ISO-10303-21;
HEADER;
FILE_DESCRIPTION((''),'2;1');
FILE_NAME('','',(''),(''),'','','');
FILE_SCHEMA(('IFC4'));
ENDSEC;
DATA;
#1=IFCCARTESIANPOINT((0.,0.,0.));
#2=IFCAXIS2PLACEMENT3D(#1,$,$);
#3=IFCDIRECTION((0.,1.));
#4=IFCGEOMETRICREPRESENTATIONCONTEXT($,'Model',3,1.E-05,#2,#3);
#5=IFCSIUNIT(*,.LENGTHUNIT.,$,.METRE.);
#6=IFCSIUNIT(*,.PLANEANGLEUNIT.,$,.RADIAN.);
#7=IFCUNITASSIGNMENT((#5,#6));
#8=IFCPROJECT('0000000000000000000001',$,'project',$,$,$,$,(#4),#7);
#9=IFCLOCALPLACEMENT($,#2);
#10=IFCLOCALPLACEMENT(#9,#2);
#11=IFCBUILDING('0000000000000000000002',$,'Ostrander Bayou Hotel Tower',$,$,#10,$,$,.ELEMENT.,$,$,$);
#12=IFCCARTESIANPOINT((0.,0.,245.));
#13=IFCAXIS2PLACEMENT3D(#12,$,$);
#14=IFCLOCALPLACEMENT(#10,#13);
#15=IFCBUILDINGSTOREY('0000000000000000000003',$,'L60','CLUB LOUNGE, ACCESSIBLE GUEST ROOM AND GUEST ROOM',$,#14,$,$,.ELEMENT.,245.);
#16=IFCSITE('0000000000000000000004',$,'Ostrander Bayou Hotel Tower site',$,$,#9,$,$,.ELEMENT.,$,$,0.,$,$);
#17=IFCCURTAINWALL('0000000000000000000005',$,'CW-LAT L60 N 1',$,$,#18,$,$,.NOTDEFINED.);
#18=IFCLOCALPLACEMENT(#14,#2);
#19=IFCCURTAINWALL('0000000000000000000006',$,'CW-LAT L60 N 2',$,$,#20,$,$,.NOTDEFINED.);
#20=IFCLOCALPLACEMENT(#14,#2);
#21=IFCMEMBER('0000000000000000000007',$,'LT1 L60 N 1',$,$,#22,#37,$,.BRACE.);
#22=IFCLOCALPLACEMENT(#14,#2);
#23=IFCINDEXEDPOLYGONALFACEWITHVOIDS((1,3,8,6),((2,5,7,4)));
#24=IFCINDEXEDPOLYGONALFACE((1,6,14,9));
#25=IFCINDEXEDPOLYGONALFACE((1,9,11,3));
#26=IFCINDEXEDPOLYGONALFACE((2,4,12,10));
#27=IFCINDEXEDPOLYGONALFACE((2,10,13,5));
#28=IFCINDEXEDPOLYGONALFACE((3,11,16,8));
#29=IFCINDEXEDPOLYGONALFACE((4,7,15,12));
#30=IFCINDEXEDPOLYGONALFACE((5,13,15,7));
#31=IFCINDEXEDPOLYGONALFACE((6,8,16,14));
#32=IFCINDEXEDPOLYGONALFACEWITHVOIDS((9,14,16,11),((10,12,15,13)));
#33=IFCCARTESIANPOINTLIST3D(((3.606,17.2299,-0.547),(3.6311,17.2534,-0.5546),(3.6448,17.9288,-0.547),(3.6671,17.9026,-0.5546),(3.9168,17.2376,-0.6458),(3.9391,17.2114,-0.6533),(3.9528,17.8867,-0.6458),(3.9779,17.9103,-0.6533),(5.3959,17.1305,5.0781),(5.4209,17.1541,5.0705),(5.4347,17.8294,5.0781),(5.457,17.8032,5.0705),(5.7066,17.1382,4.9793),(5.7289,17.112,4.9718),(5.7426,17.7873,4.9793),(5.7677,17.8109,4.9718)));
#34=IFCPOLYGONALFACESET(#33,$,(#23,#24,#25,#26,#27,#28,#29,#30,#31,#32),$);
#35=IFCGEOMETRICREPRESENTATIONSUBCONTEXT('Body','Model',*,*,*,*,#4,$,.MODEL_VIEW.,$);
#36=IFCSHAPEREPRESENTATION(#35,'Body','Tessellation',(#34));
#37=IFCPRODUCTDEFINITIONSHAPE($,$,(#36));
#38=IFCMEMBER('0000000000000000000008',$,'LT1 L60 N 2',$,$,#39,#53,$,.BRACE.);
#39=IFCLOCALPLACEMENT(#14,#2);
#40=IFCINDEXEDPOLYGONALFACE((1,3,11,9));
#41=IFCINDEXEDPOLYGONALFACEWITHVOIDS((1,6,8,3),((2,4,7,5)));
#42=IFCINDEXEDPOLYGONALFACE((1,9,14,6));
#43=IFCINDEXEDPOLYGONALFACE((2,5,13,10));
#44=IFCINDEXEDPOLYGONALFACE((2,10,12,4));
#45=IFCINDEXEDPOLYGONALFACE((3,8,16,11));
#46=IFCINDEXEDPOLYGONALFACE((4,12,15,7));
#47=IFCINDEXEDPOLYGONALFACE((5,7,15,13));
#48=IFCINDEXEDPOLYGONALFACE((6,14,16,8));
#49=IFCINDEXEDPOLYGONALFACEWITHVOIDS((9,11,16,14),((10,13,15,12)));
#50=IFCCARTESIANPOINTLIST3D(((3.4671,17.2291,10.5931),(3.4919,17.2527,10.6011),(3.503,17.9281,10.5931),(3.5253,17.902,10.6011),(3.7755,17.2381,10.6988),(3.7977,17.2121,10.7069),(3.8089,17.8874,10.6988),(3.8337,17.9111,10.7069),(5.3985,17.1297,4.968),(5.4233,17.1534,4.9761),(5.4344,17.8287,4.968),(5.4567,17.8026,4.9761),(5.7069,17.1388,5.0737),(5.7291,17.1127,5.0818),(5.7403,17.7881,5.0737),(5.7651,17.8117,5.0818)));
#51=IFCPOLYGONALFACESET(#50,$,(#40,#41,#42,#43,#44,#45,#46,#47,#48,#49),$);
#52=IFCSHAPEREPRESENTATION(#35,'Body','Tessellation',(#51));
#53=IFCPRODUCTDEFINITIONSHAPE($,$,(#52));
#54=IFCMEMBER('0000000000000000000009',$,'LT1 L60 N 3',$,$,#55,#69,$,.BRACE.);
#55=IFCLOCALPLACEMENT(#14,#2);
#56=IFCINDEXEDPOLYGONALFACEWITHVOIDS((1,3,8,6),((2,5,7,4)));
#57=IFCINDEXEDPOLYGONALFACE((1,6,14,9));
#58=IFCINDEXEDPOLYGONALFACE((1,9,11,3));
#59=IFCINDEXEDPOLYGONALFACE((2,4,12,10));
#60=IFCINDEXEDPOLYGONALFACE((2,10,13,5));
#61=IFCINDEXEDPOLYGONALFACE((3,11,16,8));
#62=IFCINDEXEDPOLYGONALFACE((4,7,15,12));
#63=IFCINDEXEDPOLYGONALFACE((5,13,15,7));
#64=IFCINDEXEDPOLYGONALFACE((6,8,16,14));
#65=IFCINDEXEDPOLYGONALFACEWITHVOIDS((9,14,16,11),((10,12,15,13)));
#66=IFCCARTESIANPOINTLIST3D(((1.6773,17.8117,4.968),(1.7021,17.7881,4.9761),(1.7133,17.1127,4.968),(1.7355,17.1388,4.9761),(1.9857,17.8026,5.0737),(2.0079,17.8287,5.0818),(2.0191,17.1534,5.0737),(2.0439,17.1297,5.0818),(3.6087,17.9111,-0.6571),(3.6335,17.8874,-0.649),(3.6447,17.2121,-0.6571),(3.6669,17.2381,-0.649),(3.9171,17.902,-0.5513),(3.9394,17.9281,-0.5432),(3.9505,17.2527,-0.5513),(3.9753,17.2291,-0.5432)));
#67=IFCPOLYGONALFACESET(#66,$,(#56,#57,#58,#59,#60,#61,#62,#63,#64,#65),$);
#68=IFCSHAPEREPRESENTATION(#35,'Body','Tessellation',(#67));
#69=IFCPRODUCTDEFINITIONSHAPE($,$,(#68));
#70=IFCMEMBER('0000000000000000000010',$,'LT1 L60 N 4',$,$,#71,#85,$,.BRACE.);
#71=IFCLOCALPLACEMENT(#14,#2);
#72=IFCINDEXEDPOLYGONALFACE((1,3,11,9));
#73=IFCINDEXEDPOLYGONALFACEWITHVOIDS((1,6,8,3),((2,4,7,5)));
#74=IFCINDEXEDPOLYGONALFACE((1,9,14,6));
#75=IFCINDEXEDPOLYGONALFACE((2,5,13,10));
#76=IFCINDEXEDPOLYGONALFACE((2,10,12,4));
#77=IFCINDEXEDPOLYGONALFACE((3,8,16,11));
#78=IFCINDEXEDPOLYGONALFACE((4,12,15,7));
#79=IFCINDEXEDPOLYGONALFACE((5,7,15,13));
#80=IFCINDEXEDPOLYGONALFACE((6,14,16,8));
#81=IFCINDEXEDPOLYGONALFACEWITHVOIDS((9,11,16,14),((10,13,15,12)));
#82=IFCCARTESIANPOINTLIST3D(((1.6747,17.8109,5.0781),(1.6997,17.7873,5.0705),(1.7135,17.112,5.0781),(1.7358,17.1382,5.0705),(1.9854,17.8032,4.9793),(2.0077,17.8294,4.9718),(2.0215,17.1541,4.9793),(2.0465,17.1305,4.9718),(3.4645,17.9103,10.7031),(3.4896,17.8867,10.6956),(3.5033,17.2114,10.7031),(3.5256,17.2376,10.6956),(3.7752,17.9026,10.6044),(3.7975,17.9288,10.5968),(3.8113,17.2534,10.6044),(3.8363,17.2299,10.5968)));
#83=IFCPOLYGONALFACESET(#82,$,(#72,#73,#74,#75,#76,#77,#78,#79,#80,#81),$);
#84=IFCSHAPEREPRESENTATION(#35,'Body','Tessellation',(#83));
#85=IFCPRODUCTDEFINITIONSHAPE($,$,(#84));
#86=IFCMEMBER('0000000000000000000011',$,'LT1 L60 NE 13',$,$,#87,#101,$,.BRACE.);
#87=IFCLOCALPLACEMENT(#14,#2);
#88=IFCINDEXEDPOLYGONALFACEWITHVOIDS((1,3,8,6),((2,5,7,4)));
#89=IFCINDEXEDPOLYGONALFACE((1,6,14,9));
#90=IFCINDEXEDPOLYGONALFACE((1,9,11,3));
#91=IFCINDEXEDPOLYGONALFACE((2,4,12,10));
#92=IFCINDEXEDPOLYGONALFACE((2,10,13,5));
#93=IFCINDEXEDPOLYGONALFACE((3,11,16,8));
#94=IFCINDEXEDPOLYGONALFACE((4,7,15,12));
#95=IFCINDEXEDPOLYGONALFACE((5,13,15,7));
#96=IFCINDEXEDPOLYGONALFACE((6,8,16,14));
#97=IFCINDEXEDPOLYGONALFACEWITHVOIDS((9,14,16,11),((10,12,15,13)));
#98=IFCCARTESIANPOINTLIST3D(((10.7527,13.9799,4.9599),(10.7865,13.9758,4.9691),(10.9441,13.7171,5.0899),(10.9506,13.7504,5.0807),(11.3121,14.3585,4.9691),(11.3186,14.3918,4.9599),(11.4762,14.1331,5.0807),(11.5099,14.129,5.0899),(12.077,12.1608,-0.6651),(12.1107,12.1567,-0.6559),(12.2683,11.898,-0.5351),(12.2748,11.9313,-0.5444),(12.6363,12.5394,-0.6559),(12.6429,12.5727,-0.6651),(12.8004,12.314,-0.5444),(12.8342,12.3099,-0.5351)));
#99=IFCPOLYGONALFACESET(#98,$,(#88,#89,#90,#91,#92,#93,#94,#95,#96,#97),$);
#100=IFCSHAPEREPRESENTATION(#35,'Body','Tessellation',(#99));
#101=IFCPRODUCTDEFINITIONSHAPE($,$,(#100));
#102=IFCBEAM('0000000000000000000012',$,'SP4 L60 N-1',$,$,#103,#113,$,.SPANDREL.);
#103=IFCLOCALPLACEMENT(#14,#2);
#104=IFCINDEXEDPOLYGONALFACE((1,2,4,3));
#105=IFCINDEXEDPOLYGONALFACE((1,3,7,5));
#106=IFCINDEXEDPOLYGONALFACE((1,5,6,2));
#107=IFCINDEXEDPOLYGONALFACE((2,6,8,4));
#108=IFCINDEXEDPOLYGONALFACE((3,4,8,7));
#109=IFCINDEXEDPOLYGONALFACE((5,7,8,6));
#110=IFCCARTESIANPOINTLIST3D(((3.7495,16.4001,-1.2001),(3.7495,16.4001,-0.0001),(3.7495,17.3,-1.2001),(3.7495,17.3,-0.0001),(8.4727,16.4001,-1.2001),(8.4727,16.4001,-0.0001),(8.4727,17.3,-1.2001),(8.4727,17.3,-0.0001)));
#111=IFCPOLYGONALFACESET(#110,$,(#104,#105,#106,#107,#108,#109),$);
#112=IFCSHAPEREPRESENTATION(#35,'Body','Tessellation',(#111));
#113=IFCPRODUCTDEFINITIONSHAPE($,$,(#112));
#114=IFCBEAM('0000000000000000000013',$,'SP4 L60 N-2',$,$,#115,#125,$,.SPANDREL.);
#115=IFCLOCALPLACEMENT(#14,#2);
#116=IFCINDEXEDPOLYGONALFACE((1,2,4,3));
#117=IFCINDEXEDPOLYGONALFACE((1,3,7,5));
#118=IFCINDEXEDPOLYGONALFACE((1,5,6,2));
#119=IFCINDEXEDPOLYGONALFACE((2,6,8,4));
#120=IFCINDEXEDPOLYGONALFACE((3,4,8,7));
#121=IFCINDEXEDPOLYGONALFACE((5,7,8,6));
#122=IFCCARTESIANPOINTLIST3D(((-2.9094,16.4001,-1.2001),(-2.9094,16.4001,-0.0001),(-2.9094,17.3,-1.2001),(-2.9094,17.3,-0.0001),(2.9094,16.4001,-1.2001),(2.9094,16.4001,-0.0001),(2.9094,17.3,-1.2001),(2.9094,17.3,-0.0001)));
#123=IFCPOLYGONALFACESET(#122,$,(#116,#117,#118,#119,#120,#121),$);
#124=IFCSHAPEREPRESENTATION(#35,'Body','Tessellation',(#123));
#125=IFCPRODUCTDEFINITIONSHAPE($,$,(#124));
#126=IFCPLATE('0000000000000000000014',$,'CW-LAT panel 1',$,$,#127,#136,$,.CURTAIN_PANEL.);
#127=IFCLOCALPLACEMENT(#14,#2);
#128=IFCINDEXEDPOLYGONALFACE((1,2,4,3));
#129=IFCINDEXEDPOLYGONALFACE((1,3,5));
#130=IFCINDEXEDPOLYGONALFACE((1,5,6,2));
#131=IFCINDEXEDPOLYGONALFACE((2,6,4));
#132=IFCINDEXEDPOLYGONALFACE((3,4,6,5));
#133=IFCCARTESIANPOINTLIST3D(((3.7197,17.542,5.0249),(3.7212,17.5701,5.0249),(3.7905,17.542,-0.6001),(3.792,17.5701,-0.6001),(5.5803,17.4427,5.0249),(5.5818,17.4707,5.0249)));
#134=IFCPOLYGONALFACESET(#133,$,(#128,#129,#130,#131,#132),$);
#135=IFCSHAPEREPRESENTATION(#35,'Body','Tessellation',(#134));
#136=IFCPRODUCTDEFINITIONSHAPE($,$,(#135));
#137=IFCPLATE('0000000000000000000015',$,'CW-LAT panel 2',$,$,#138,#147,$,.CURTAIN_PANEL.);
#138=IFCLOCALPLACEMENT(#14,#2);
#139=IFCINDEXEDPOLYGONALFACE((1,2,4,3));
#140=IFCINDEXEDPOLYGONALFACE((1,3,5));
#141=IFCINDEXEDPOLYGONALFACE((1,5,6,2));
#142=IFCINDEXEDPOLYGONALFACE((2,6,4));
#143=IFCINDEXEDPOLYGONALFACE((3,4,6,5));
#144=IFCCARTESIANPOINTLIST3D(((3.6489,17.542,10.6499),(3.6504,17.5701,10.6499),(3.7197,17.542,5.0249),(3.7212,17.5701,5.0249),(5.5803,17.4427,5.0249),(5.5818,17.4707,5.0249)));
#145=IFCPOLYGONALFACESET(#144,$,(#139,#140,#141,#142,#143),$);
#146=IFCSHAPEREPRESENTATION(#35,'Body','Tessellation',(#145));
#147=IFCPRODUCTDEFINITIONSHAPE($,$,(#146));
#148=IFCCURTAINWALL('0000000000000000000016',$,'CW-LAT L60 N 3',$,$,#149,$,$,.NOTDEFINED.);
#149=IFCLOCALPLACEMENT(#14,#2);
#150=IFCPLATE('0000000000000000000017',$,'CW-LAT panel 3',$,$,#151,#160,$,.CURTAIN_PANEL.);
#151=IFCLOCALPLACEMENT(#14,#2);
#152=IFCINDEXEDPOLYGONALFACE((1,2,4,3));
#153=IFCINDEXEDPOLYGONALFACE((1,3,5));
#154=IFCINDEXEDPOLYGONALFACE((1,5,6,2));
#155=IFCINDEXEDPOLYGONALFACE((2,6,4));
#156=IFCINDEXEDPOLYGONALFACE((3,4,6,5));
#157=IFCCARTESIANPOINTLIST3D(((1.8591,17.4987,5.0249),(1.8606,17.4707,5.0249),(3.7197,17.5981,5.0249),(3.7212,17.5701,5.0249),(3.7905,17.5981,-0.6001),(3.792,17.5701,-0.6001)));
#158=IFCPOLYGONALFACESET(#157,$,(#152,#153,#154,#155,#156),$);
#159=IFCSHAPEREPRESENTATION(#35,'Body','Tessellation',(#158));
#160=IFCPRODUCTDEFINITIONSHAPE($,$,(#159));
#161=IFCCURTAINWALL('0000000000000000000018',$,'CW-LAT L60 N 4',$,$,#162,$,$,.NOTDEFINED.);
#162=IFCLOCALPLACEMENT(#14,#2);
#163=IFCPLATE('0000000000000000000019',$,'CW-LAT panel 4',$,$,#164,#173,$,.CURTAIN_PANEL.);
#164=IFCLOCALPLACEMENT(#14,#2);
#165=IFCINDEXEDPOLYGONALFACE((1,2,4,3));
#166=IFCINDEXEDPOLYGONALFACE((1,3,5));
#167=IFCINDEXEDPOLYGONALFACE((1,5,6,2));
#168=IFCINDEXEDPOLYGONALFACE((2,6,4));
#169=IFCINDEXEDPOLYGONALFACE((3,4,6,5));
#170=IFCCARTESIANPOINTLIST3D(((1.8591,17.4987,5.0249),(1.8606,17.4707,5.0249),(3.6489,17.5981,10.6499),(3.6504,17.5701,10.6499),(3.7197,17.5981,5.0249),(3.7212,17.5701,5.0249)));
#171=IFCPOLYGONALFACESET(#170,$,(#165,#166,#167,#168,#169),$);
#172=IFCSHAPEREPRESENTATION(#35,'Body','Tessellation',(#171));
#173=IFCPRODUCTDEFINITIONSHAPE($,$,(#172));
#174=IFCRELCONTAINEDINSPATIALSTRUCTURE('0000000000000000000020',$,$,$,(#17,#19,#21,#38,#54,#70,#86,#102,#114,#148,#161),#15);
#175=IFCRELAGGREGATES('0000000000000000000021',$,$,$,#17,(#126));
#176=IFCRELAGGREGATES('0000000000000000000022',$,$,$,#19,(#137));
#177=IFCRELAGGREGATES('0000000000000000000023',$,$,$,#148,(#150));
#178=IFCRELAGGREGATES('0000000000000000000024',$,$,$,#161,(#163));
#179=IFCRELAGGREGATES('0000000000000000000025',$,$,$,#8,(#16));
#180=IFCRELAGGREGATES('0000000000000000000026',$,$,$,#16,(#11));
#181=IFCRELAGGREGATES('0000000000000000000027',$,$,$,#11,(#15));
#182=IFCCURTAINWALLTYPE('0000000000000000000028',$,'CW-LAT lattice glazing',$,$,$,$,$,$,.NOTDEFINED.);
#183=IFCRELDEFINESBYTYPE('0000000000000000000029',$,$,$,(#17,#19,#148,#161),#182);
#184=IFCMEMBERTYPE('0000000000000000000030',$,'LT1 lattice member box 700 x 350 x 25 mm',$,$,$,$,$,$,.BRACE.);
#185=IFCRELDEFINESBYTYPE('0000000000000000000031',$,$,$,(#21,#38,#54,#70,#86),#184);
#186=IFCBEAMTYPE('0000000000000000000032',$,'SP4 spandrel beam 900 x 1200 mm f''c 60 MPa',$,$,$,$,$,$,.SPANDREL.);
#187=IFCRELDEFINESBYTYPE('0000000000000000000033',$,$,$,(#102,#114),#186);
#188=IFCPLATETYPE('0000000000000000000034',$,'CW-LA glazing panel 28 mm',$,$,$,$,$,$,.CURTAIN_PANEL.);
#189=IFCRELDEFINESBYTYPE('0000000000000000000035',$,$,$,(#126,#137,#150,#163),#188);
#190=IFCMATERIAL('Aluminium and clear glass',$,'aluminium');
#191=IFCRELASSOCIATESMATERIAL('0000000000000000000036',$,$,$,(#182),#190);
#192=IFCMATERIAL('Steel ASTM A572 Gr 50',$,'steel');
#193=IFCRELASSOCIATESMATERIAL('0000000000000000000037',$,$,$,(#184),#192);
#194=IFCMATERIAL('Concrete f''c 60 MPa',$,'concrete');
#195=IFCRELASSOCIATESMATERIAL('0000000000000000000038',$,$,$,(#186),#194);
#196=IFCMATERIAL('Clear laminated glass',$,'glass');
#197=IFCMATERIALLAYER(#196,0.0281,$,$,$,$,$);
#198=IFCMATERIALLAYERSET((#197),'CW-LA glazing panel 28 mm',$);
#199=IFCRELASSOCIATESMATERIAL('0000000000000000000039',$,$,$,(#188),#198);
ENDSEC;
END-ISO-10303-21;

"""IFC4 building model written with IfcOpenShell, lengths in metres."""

from ifc_helpers import new_model, si_unit, direction, frame, origin, origin_2d, place, context, subcontext, project, spatial, polyline, rectangle, hollow_rectangle, outline, extrude, material, layer, layer_set, material_profile, profile_set, type_object, element, aggregate, save


model = new_model("IFC4")

# Units and contexts
model_context = context("Model", 3, precision=1e-05, world=origin(), true_north=direction((0.0, 1.0)))
body_context = subcontext(model_context, "Body", "Model", "MODEL_VIEW")
ifc_project = project(units=[si_unit("LENGTHUNIT", "METRE"), si_unit("PLANEANGLEUNIT", "RADIAN")], contexts=[model_context])

# Site, building, storey
site_placement = place(None, origin())
site = spatial("IfcSite", under=ifc_project, at=site_placement, Name="Ostrander Bayou Hotel Tower site", CompositionType="ELEMENT", RefElevation=0.0)
building_placement = place(site_placement, origin())
building = spatial("IfcBuilding", under=site, at=building_placement, Name="Ostrander Bayou Hotel Tower", CompositionType="ELEMENT")
storey_placement = place(building_placement, frame((0.0, 0.0, 245.0)))
storey = spatial("IfcBuildingStorey", under=building, at=storey_placement, Name="L60", Description="CLUB LOUNGE, ACCESSIBLE GUEST ROOM AND GUEST ROOM", CompositionType="ELEMENT", Elevation=245.0)

# Curtain walls
ifc_material_1 = material(Name="Aluminium and clear glass", Category="aluminium")
curtain_wall_type = type_object("IfcCurtainWallType", Name="CW-LAT lattice glazing", PredefinedType="NOTDEFINED", material=ifc_material_1)
curtain_wall_1_placement = place(storey_placement, origin())
curtain_wall_1 = element("IfcCurtainWall", 1, at=curtain_wall_1_placement, inside=storey, type_object=curtain_wall_type, Name="CW-LAT L60 N 1", PredefinedType="NOTDEFINED")
curtain_wall_2_placement = place(storey_placement, origin())
curtain_wall_2 = element("IfcCurtainWall", 2, at=curtain_wall_2_placement, inside=storey, type_object=curtain_wall_type, Name="CW-LAT L60 N 2", PredefinedType="NOTDEFINED")

# Members
ifc_material_2 = material(Name="Steel ASTM A572 Gr 50", Category="steel")
ifc_material_profile_1 = material_profile(ifc_material_2, hollow_rectangle(XDim=0.7, YDim=0.3501, WallThickness=0.0249, at=origin_2d()))
ifc_profile_set_1 = profile_set([ifc_material_profile_1], Name="Steel ASTM A572 Gr 50")
member_type_1 = type_object("IfcMemberType", Name="LT1 lattice member box 700 x 350 x 25 mm", PredefinedType="BRACE", material=ifc_profile_set_1)
member_1_placement = place(storey_placement, frame((5.5818, 17.4707, 5.0249), z_axis=(-0.303164, 0.016831, -0.95279), x_axis=(-0.055432, -0.998462, 0.0)))
element("IfcMember", 3, at=member_1_placement, inside=storey, type_object=member_type_1, Name="LT1 L60 N 1", PredefinedType="BRACE", context=body_context, shape_type="SweptSolid", body=[
    extrude(hollow_rectangle(XDim=0.7, YDim=0.3501, WallThickness=0.0249, at=origin_2d()), origin(), (0.0, 0.0, 1.0), 5.9038),
])
for number, where, z_axis, x_axis, name in (
    (4, (5.5818, 17.4707, 5.0249), (-0.324704, 0.016705, 0.945668), (-0.051379, -0.998679, 0.0), "LT1 L60 N 2"),
    (5, (1.8606, 17.4707, 5.0249), (0.324704, 0.016705, -0.945668), (-0.051379, 0.998679, 0.0), "LT1 L60 N 3"),
):
    element("IfcMember", number, at=place(storey_placement, frame(where, z_axis=z_axis, x_axis=x_axis)), inside=storey, type_object=member_type_1, Name=name, PredefinedType="BRACE", context=body_context, shape_type="SweptSolid", body=[
        extrude(hollow_rectangle(XDim=0.7, YDim=0.3501, WallThickness=0.0249, at=origin_2d()), origin(), (0.0, 0.0, 1.0), 5.9482),
    ])
member_2_placement = place(storey_placement, frame((1.8606, 17.4707, 5.0249), z_axis=(0.303164, 0.016831, 0.95279), x_axis=(-0.055432, 0.998462, 0.0)))
element("IfcMember", 6, at=member_2_placement, inside=storey, type_object=member_type_1, Name="LT1 L60 N 4", PredefinedType="BRACE", context=body_context, shape_type="SweptSolid", body=[
    extrude(hollow_rectangle(XDim=0.7, YDim=0.3501, WallThickness=0.0249, at=origin_2d()), origin(), (0.0, 0.0, 1.0), 5.9038),
])
member_3_placement = place(storey_placement, frame((11.1313, 14.0544, 5.0249), z_axis=(0.218578, -0.300263, -0.928475), x_axis=(0.808473, 0.588533, 0.0)))
element("IfcMember", 7, at=member_3_placement, inside=storey, type_object=member_type_1, Name="LT1 L60 NE 13", PredefinedType="BRACE", context=body_context, shape_type="SweptSolid", body=[
    extrude(hollow_rectangle(XDim=0.7, YDim=0.3501, WallThickness=0.0249, at=origin_2d()), origin(), (0.0, 0.0, 1.0), 6.0583),
])

# Beams
ifc_material_3 = material(Name="Concrete f'c 60 MPa", Category="concrete")
ifc_material_profile_2 = material_profile(ifc_material_3, rectangle(XDim=0.8999, YDim=1.2, at=origin_2d()))
ifc_profile_set_2 = profile_set([ifc_material_profile_2], Name="Concrete f'c 60 MPa")
beam_type = type_object("IfcBeamType", Name="SP4 spandrel beam 900 x 1200 mm f'c 60 MPa", PredefinedType="SPANDREL", material=ifc_profile_set_2)
beam_1_placement = place(storey_placement, frame((8.4727, 16.8501, -0.6001), z_axis=(-1.0, 0.0, 0.0), x_axis=(0.0, -1.0, 0.0)))
element("IfcBeam", 8, at=beam_1_placement, inside=storey, type_object=beam_type, Name="SP4 L60 N-1", PredefinedType="SPANDREL", context=body_context, shape_type="SweptSolid", body=[
    extrude(rectangle(XDim=0.8999, YDim=1.2, at=origin_2d()), origin(), (0.0, 0.0, 1.0), 4.7231),
])
beam_2_placement = place(storey_placement, frame((2.9094, 16.8501, -0.6001), z_axis=(-1.0, 0.0, 0.0), x_axis=(0.0, -1.0, 0.0)))
element("IfcBeam", 9, at=beam_2_placement, inside=storey, type_object=beam_type, Name="SP4 L60 N-2", PredefinedType="SPANDREL", context=body_context, shape_type="SweptSolid", body=[
    extrude(rectangle(XDim=0.8999, YDim=1.2, at=origin_2d()), origin(), (0.0, 0.0, 1.0), 5.8188),
])

# Plates
ifc_material_4 = material(Name="Clear laminated glass", Category="glass")
ifc_layer_1 = layer(ifc_material_4, 0.0281)
ifc_layer_set_1 = layer_set([ifc_layer_1], Name="CW-LA glazing panel 28 mm")
plate_type = type_object("IfcPlateType", Name="CW-LA glazing panel 28 mm", PredefinedType="CURTAIN_PANEL", material=ifc_layer_set_1)
plate_1_placement = place(storey_placement, frame((5.5818, 17.4707, 5.0249), z_axis=(0.053329, 0.998577, 0.000671), x_axis=(-0.303164, 0.016831, -0.95279)))
plate_1 = element("IfcPlate", 10, at=plate_1_placement, type_object=plate_type, Name="CW-LAT panel 1", PredefinedType="CURTAIN_PANEL", context=body_context, shape_type="SweptSolid", body=[
    extrude(outline(polyline([(0.0, 0.0), (5.9037, 0.0), (0.5657, 1.7753), (0.0, 0.0)])), origin(), (0.0, 0.0, -1.0), 0.0281),
])
aggregate(curtain_wall_1, [plate_1])
plate_2_placement = place(storey_placement, frame((5.5818, 17.4707, 5.0249), z_axis=(0.053329, 0.998577, 0.000671), x_axis=(-0.324704, 0.016705, 0.945668)))
plate_2 = element("IfcPlate", 11, at=plate_2_placement, type_object=plate_type, Name="CW-LAT panel 2", PredefinedType="CURTAIN_PANEL", context=body_context, shape_type="SweptSolid", body=[
    extrude(outline(polyline([(0.0, 0.0), (5.9482, 0.0), (0.6058, -1.762), (0.0, 0.0)])), origin(), (0.0, 0.0, -1.0), 0.0281),
])
aggregate(curtain_wall_2, [plate_2])

# Curtain walls, plates
curtain_wall_3_placement = place(storey_placement, origin())
curtain_wall_3 = element("IfcCurtainWall", 12, at=curtain_wall_3_placement, inside=storey, type_object=curtain_wall_type, Name="CW-LAT L60 N 3", PredefinedType="NOTDEFINED")
plate_3_placement = place(storey_placement, frame((1.8606, 17.4707, 5.0249), z_axis=(0.053329, -0.998577, 0.000671), x_axis=(0.324704, 0.016705, -0.945668)))
plate_3 = element("IfcPlate", 13, at=plate_3_placement, type_object=plate_type, Name="CW-LAT panel 3", PredefinedType="CURTAIN_PANEL", context=body_context, shape_type="SweptSolid", body=[
    extrude(outline(polyline([(0.0, 0.0), (5.9482, 0.0), (0.6058, 1.762), (0.0, 0.0)])), origin(), (0.0, 0.0, -1.0), 0.0281),
])
aggregate(curtain_wall_3, [plate_3])
curtain_wall_4_placement = place(storey_placement, origin())
curtain_wall_4 = element("IfcCurtainWall", 14, at=curtain_wall_4_placement, inside=storey, type_object=curtain_wall_type, Name="CW-LAT L60 N 4", PredefinedType="NOTDEFINED")
plate_4_placement = place(storey_placement, frame((1.8606, 17.4707, 5.0249), z_axis=(0.053329, -0.998577, 0.000671), x_axis=(0.303164, 0.016831, 0.95279)))
plate_4 = element("IfcPlate", 15, at=plate_4_placement, type_object=plate_type, Name="CW-LAT panel 4", PredefinedType="CURTAIN_PANEL", context=body_context, shape_type="SweptSolid", body=[
    extrude(outline(polyline([(0.0, 0.0), (5.9037, 0.0), (0.5657, -1.7753), (0.0, 0.0)])), origin(), (0.0, 0.0, -1.0), 0.0281),
])
aggregate(curtain_wall_4, [plate_4])

save(model, "model.ifc")
